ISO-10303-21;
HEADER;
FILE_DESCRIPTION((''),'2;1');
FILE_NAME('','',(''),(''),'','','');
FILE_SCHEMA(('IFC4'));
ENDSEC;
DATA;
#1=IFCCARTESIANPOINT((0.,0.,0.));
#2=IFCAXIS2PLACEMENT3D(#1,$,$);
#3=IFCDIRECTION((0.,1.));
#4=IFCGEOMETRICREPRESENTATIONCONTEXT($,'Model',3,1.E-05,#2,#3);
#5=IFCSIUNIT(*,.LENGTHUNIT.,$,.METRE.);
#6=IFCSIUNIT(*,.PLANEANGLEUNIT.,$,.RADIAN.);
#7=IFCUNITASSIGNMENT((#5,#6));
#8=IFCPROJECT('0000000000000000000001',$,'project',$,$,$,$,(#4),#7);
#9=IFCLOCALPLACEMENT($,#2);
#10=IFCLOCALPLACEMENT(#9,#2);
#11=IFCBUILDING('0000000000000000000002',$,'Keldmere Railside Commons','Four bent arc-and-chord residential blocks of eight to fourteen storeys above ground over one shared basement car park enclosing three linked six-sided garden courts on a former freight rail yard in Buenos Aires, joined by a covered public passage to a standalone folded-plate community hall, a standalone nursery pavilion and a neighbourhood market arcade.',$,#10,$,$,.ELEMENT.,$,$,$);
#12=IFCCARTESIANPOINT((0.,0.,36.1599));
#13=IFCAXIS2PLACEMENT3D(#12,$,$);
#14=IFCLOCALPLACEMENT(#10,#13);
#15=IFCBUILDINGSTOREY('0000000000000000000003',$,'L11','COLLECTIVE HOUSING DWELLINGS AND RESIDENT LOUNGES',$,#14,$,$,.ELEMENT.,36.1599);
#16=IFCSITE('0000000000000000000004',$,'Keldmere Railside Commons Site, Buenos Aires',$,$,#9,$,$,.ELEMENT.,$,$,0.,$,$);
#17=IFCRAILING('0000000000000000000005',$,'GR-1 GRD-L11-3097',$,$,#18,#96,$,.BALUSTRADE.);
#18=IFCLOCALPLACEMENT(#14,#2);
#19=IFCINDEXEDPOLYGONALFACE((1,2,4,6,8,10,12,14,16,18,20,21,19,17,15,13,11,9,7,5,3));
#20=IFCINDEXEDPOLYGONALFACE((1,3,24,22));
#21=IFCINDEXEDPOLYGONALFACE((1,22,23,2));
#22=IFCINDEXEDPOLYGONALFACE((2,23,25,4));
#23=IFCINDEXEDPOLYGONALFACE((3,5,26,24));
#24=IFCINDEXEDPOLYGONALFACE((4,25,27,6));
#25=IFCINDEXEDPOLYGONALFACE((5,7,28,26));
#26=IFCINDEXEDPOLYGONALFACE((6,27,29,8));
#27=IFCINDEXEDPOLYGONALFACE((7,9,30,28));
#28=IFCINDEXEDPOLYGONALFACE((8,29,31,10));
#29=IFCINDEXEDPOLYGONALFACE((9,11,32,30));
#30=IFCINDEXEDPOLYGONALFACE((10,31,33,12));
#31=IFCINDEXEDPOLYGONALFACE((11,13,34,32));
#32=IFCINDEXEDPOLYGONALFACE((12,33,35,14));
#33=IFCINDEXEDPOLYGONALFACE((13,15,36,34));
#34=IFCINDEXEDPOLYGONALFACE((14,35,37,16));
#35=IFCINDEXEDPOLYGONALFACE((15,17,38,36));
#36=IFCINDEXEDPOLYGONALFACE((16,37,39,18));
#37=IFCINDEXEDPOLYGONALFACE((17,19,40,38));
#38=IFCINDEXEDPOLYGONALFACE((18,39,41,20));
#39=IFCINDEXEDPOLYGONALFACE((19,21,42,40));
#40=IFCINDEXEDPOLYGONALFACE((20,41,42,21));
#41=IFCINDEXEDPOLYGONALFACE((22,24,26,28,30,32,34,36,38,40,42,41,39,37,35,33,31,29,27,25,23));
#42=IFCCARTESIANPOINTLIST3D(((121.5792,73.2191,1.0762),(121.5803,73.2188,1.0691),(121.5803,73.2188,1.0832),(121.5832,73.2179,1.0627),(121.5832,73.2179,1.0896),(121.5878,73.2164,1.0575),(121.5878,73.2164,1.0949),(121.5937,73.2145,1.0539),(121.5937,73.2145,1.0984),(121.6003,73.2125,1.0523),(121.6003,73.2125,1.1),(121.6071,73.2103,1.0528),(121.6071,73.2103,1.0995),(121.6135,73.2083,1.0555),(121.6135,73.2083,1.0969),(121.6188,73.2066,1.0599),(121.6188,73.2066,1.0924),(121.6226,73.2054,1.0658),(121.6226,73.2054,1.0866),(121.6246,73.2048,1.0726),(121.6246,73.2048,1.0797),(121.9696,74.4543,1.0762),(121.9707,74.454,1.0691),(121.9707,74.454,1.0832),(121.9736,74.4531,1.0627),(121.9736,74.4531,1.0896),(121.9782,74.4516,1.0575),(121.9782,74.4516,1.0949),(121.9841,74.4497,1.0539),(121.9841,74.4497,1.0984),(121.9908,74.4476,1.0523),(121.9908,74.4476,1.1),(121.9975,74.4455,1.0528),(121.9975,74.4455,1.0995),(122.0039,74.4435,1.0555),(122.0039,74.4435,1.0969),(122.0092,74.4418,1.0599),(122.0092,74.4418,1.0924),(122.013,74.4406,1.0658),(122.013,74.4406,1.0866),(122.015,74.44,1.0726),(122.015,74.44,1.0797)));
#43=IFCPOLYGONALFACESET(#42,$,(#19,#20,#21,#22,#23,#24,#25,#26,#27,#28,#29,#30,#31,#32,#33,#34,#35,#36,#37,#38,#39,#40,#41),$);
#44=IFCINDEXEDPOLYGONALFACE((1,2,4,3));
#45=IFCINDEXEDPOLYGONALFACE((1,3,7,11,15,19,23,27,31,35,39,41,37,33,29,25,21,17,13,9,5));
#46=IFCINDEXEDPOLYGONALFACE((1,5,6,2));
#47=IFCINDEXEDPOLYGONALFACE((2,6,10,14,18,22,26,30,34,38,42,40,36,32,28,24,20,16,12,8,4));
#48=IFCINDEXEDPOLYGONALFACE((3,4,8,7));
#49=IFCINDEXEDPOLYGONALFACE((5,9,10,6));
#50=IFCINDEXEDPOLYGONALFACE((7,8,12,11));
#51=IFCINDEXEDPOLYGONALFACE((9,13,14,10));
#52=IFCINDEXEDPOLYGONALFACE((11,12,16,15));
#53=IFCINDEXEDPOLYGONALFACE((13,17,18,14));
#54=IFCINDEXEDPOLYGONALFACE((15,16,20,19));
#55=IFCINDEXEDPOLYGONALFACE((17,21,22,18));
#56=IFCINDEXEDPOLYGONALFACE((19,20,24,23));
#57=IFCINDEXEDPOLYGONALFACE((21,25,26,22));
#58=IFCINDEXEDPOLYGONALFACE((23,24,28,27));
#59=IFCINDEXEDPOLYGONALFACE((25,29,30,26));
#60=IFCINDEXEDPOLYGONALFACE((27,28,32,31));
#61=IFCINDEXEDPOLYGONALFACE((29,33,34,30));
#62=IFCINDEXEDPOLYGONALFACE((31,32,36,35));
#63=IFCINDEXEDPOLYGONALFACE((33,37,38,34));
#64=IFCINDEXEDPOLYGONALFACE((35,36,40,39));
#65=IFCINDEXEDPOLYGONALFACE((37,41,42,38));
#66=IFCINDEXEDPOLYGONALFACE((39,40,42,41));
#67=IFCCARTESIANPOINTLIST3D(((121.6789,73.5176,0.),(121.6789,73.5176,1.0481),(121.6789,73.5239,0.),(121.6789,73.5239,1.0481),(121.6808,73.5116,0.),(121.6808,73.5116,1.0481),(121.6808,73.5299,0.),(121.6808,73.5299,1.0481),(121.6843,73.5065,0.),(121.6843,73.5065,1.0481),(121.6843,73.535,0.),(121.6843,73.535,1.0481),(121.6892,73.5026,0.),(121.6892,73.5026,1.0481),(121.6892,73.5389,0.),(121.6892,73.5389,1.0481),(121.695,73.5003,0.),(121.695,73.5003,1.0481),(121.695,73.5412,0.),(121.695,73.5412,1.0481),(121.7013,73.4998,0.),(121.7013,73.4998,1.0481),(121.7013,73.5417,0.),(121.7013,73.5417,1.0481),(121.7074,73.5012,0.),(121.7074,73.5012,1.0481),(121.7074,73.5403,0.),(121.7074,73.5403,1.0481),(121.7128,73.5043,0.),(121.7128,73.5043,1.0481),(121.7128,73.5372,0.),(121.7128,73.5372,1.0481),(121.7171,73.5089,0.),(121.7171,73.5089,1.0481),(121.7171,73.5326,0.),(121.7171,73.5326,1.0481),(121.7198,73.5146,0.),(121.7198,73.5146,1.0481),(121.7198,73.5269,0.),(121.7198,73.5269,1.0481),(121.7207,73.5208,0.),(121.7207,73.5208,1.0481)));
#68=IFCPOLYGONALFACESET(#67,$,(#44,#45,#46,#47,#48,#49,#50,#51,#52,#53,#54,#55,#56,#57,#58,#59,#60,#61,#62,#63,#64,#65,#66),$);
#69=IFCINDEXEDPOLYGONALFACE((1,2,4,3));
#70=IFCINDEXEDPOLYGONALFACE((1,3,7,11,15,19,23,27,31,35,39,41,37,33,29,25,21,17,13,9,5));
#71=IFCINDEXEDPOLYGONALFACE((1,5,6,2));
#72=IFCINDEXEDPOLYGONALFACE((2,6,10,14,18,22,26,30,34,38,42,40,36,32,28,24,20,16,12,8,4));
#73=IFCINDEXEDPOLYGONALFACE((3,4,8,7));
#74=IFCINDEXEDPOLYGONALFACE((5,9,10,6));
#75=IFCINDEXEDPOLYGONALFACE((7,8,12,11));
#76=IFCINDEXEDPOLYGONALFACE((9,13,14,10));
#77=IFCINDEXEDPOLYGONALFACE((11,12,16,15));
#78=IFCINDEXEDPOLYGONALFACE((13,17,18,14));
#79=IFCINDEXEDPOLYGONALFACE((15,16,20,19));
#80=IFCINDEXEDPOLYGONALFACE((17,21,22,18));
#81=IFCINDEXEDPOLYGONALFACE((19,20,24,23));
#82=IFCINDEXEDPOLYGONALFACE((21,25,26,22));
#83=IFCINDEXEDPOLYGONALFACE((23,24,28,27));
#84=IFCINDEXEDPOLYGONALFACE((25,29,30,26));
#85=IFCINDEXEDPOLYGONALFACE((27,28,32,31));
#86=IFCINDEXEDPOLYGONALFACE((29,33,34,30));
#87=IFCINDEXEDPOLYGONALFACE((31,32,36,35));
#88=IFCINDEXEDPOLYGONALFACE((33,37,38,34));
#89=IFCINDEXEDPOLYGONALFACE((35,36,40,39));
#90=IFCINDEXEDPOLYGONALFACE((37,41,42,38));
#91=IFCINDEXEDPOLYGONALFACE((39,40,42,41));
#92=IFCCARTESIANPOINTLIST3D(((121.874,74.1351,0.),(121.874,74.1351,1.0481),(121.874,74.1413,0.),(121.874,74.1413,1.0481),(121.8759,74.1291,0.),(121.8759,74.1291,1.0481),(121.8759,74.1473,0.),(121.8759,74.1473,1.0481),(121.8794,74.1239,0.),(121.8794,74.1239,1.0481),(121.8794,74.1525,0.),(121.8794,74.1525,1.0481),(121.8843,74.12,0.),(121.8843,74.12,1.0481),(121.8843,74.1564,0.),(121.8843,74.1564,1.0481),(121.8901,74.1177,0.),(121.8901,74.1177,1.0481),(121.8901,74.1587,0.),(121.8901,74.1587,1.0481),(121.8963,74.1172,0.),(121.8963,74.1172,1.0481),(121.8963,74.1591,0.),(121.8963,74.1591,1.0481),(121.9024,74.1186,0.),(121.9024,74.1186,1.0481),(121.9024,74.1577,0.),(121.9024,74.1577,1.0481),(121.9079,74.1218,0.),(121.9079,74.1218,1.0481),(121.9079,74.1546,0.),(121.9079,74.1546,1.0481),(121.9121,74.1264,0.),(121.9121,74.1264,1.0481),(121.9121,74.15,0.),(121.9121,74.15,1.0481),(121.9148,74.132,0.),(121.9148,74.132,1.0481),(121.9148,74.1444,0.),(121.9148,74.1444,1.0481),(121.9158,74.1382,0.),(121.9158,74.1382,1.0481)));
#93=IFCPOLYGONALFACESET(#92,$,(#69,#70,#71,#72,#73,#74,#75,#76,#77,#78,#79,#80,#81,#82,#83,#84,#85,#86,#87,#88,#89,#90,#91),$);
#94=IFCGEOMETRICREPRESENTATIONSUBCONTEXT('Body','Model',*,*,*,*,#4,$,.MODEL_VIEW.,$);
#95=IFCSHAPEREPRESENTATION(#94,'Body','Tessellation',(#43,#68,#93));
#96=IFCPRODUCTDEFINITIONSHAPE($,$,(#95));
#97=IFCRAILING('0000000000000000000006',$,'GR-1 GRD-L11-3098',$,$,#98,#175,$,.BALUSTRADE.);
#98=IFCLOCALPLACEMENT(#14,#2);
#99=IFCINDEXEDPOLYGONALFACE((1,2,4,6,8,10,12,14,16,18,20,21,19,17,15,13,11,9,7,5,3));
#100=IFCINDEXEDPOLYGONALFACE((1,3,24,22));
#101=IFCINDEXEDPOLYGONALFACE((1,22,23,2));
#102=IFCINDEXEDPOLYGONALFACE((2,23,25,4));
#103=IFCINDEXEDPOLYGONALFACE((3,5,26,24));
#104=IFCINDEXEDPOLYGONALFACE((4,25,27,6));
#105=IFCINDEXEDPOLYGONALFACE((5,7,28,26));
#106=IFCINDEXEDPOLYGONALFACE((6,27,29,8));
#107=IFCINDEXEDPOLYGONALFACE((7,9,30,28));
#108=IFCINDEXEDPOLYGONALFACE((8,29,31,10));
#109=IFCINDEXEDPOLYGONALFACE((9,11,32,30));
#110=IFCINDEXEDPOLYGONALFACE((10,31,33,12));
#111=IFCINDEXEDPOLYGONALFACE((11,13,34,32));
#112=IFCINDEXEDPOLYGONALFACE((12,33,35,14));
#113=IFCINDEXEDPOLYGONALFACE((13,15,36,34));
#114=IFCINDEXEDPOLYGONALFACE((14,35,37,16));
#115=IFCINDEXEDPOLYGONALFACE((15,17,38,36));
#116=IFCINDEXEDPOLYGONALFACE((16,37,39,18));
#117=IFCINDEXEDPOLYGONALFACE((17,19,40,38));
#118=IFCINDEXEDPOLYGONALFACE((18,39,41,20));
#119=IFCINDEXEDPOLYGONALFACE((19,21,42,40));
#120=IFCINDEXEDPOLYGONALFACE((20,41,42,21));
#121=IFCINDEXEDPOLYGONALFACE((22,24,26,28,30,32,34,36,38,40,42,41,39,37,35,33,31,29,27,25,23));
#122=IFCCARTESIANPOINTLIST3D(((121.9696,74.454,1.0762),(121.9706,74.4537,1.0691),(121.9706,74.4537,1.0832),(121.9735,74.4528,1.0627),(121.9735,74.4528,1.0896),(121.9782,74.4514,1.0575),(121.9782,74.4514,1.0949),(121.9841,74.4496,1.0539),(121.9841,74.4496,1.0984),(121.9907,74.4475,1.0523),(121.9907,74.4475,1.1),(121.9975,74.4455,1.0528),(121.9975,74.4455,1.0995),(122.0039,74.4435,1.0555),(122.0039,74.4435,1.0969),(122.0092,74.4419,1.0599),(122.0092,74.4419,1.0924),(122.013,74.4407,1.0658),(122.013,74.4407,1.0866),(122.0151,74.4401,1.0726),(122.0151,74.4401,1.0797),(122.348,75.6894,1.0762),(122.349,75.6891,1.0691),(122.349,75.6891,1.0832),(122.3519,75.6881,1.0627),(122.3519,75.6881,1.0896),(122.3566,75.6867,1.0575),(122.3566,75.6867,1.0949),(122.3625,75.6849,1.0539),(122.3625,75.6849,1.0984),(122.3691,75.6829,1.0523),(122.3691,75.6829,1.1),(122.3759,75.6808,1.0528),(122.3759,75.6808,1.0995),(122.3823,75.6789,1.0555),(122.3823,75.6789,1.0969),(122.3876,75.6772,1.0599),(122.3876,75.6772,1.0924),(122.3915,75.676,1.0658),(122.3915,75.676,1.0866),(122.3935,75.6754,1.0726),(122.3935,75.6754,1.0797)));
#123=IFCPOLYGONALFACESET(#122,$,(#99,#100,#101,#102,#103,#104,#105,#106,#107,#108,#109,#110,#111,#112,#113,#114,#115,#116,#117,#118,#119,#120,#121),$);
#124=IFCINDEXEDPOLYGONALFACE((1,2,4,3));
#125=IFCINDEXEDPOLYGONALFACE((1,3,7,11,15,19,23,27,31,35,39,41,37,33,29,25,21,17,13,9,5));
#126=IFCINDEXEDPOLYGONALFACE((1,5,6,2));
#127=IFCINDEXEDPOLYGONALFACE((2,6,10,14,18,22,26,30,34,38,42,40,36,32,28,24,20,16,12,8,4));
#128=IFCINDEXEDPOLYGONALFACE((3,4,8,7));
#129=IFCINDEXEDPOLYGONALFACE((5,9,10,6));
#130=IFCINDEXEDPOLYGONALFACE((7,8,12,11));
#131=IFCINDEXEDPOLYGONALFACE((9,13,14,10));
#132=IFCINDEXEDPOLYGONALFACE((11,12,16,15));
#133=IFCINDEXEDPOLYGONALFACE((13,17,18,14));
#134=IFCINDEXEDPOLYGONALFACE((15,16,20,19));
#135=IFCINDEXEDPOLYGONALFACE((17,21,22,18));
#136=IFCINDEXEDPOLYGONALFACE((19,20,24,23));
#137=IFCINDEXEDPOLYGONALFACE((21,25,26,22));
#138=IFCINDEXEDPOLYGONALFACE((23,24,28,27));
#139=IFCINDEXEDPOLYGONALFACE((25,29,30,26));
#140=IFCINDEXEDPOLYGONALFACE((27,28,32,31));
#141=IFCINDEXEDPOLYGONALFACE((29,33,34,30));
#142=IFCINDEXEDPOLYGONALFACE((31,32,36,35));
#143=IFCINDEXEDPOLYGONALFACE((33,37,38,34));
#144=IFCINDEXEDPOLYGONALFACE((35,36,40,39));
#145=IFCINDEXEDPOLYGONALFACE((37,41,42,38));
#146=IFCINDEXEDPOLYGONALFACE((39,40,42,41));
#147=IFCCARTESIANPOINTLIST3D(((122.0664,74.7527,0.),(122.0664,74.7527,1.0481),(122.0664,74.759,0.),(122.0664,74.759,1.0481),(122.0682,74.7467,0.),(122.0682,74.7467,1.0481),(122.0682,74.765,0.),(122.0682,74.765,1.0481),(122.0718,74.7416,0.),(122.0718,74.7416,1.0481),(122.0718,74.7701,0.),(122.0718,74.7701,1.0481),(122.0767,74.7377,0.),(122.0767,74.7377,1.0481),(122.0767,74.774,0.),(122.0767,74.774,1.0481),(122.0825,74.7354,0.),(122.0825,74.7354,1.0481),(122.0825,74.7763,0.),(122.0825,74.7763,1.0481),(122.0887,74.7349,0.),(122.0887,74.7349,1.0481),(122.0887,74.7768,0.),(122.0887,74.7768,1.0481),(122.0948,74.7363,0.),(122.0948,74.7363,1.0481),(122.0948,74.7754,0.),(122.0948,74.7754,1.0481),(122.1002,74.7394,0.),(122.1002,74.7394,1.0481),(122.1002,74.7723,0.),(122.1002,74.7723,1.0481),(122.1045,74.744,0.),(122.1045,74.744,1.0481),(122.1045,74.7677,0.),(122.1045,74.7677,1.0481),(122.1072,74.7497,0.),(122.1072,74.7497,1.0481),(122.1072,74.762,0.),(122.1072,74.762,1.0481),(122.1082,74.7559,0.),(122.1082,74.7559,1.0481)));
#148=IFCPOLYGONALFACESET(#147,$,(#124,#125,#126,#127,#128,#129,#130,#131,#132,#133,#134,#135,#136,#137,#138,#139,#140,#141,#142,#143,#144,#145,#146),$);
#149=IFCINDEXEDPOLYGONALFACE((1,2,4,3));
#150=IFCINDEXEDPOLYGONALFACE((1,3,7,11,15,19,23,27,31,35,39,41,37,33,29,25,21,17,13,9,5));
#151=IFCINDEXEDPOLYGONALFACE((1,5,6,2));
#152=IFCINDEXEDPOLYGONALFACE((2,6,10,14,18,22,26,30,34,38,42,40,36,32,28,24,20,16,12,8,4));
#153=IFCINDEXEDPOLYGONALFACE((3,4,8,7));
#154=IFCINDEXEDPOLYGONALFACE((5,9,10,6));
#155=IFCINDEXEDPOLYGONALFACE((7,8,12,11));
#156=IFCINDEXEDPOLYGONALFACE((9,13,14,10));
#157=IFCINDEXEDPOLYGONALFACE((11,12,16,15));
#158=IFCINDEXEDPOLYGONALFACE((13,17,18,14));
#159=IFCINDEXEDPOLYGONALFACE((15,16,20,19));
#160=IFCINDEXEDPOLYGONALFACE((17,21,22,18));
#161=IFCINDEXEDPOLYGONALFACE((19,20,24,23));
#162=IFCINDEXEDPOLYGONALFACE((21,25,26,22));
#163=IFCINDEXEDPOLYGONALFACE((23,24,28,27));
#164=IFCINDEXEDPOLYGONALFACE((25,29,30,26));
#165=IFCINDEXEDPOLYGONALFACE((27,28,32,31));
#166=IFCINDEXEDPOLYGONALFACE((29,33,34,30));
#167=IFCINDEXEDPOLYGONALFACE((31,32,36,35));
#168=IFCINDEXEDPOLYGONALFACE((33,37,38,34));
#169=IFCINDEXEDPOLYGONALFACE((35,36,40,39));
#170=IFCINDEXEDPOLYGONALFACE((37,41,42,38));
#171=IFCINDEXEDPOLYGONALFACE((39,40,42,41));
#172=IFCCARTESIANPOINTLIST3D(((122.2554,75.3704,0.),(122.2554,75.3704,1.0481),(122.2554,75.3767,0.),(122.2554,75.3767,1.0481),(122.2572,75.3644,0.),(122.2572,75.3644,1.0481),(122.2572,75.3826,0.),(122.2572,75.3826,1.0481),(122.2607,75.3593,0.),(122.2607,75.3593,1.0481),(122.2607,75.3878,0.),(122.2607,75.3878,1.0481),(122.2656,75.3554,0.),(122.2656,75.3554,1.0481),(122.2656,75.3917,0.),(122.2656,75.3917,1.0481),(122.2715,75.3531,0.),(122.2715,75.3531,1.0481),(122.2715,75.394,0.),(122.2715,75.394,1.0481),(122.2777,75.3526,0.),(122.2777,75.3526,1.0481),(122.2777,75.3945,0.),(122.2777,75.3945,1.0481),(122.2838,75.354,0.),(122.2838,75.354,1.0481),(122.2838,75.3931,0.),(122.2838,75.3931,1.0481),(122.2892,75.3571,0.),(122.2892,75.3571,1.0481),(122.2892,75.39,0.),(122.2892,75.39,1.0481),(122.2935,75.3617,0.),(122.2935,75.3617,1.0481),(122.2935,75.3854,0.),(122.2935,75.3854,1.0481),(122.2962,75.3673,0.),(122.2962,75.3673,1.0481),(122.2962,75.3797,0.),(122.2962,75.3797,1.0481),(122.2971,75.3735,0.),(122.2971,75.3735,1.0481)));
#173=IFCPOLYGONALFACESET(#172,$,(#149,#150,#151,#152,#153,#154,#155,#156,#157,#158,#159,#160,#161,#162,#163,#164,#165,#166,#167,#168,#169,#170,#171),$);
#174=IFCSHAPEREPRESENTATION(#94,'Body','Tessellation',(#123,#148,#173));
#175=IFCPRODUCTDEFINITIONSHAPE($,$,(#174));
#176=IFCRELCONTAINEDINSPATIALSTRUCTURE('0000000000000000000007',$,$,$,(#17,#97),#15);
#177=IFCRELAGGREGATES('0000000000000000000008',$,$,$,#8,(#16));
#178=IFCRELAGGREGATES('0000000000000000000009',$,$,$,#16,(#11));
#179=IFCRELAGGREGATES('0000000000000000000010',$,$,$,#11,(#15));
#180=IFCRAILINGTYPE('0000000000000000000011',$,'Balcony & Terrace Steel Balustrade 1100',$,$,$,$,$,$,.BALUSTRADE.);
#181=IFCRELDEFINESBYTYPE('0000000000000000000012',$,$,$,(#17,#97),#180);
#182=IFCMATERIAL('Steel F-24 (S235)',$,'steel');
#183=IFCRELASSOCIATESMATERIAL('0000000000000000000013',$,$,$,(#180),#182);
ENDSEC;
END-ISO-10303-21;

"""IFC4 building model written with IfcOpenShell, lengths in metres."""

from ifc_helpers import new_model, si_unit, direction, frame, origin, origin_2d, place, context, subcontext, project, spatial, circle, extrude, material, type_object, element, save


model = new_model("IFC4")

# Units and contexts
model_context = context("Model", 3, precision=1e-05, world=origin(), true_north=direction((0.0, 1.0)))
body_context = subcontext(model_context, "Body", "Model", "MODEL_VIEW")
ifc_project = project(units=[si_unit("LENGTHUNIT", "METRE"), si_unit("PLANEANGLEUNIT", "RADIAN")], contexts=[model_context])

# Site, building, storey
site_placement = place(None, origin())
site = spatial("IfcSite", under=ifc_project, at=site_placement, Name="Keldmere Railside Commons Site, Buenos Aires", CompositionType="ELEMENT", RefElevation=0.0)
building_placement = place(site_placement, origin())
building = spatial("IfcBuilding", under=site, at=building_placement, Name="Keldmere Railside Commons", Description="Four bent arc-and-chord residential blocks of eight to fourteen storeys above ground over one shared basement car park enclosing three linked six-sided garden courts on a former freight rail yard in Buenos Aires, joined by a covered public passage to a standalone folded-plate community hall, a standalone nursery pavilion and a neighbourhood market arcade.", CompositionType="ELEMENT")
storey_placement = place(building_placement, frame((0.0, 0.0, 36.1599)))
storey = spatial("IfcBuildingStorey", under=building, at=storey_placement, Name="L11", Description="COLLECTIVE HOUSING DWELLINGS AND RESIDENT LOUNGES", CompositionType="ELEMENT", Elevation=36.1599)

# Shared definitions
ifc_material_1 = material(Name="Steel F-24 (S235)", Category="steel")

# Railings
railing_type_1 = type_object("IfcRailingType", Name="Balcony & Terrace Steel Balustrade 1100", PredefinedType="BALUSTRADE", material=ifc_material_1)
railing_1_placement = place(storey_placement, frame((121.6021, 73.2119, 0.0)))
element("IfcRailing", 1, at=railing_1_placement, inside=storey, type_object=railing_type_1, Name="GR-1 GRD-L11-3097", PredefinedType="BALUSTRADE", context=body_context, shape_type="SweptSolid", body=[
    extrude(circle(Radius=0.0239, at=origin_2d()), frame((0.0, 0.0, 1.0762), z_axis=(0.301375, 0.953506, 0.0), x_axis=(-0.953506, 0.301375, 0.0)), (0.0, 0.0, 1.0), 1.2954),
    extrude(circle(Radius=0.021, at=origin_2d()), frame((0.0977, 0.3088, 0.0)), (0.0, 0.0, 1.0), 1.0481),
    extrude(circle(Radius=0.021, at=origin_2d()), frame((0.2927, 0.9263, 0.0)), (0.0, 0.0, 1.0), 1.0481),
])
railing_2_placement = place(storey_placement, frame((121.9924, 74.447, 0.0)))
element("IfcRailing", 2, at=railing_2_placement, inside=storey, type_object=railing_type_1, Name="GR-1 GRD-L11-3098", PredefinedType="BALUSTRADE", context=body_context, shape_type="SweptSolid", body=[
    extrude(circle(Radius=0.0239, at=origin_2d()), frame((0.0, 0.0, 1.0762), z_axis=(0.292891, 0.956146, 0.0), x_axis=(-0.956146, 0.292891, 0.0)), (0.0, 0.0, 1.0), 1.292),
    extrude(circle(Radius=0.021, at=origin_2d()), frame((0.0947, 0.3088, 0.0)), (0.0, 0.0, 1.0), 1.0481),
    extrude(circle(Radius=0.021, at=origin_2d()), frame((0.2837, 0.9265, 0.0)), (0.0, 0.0, 1.0), 1.0481),
])

save(model, "model.ifc")
